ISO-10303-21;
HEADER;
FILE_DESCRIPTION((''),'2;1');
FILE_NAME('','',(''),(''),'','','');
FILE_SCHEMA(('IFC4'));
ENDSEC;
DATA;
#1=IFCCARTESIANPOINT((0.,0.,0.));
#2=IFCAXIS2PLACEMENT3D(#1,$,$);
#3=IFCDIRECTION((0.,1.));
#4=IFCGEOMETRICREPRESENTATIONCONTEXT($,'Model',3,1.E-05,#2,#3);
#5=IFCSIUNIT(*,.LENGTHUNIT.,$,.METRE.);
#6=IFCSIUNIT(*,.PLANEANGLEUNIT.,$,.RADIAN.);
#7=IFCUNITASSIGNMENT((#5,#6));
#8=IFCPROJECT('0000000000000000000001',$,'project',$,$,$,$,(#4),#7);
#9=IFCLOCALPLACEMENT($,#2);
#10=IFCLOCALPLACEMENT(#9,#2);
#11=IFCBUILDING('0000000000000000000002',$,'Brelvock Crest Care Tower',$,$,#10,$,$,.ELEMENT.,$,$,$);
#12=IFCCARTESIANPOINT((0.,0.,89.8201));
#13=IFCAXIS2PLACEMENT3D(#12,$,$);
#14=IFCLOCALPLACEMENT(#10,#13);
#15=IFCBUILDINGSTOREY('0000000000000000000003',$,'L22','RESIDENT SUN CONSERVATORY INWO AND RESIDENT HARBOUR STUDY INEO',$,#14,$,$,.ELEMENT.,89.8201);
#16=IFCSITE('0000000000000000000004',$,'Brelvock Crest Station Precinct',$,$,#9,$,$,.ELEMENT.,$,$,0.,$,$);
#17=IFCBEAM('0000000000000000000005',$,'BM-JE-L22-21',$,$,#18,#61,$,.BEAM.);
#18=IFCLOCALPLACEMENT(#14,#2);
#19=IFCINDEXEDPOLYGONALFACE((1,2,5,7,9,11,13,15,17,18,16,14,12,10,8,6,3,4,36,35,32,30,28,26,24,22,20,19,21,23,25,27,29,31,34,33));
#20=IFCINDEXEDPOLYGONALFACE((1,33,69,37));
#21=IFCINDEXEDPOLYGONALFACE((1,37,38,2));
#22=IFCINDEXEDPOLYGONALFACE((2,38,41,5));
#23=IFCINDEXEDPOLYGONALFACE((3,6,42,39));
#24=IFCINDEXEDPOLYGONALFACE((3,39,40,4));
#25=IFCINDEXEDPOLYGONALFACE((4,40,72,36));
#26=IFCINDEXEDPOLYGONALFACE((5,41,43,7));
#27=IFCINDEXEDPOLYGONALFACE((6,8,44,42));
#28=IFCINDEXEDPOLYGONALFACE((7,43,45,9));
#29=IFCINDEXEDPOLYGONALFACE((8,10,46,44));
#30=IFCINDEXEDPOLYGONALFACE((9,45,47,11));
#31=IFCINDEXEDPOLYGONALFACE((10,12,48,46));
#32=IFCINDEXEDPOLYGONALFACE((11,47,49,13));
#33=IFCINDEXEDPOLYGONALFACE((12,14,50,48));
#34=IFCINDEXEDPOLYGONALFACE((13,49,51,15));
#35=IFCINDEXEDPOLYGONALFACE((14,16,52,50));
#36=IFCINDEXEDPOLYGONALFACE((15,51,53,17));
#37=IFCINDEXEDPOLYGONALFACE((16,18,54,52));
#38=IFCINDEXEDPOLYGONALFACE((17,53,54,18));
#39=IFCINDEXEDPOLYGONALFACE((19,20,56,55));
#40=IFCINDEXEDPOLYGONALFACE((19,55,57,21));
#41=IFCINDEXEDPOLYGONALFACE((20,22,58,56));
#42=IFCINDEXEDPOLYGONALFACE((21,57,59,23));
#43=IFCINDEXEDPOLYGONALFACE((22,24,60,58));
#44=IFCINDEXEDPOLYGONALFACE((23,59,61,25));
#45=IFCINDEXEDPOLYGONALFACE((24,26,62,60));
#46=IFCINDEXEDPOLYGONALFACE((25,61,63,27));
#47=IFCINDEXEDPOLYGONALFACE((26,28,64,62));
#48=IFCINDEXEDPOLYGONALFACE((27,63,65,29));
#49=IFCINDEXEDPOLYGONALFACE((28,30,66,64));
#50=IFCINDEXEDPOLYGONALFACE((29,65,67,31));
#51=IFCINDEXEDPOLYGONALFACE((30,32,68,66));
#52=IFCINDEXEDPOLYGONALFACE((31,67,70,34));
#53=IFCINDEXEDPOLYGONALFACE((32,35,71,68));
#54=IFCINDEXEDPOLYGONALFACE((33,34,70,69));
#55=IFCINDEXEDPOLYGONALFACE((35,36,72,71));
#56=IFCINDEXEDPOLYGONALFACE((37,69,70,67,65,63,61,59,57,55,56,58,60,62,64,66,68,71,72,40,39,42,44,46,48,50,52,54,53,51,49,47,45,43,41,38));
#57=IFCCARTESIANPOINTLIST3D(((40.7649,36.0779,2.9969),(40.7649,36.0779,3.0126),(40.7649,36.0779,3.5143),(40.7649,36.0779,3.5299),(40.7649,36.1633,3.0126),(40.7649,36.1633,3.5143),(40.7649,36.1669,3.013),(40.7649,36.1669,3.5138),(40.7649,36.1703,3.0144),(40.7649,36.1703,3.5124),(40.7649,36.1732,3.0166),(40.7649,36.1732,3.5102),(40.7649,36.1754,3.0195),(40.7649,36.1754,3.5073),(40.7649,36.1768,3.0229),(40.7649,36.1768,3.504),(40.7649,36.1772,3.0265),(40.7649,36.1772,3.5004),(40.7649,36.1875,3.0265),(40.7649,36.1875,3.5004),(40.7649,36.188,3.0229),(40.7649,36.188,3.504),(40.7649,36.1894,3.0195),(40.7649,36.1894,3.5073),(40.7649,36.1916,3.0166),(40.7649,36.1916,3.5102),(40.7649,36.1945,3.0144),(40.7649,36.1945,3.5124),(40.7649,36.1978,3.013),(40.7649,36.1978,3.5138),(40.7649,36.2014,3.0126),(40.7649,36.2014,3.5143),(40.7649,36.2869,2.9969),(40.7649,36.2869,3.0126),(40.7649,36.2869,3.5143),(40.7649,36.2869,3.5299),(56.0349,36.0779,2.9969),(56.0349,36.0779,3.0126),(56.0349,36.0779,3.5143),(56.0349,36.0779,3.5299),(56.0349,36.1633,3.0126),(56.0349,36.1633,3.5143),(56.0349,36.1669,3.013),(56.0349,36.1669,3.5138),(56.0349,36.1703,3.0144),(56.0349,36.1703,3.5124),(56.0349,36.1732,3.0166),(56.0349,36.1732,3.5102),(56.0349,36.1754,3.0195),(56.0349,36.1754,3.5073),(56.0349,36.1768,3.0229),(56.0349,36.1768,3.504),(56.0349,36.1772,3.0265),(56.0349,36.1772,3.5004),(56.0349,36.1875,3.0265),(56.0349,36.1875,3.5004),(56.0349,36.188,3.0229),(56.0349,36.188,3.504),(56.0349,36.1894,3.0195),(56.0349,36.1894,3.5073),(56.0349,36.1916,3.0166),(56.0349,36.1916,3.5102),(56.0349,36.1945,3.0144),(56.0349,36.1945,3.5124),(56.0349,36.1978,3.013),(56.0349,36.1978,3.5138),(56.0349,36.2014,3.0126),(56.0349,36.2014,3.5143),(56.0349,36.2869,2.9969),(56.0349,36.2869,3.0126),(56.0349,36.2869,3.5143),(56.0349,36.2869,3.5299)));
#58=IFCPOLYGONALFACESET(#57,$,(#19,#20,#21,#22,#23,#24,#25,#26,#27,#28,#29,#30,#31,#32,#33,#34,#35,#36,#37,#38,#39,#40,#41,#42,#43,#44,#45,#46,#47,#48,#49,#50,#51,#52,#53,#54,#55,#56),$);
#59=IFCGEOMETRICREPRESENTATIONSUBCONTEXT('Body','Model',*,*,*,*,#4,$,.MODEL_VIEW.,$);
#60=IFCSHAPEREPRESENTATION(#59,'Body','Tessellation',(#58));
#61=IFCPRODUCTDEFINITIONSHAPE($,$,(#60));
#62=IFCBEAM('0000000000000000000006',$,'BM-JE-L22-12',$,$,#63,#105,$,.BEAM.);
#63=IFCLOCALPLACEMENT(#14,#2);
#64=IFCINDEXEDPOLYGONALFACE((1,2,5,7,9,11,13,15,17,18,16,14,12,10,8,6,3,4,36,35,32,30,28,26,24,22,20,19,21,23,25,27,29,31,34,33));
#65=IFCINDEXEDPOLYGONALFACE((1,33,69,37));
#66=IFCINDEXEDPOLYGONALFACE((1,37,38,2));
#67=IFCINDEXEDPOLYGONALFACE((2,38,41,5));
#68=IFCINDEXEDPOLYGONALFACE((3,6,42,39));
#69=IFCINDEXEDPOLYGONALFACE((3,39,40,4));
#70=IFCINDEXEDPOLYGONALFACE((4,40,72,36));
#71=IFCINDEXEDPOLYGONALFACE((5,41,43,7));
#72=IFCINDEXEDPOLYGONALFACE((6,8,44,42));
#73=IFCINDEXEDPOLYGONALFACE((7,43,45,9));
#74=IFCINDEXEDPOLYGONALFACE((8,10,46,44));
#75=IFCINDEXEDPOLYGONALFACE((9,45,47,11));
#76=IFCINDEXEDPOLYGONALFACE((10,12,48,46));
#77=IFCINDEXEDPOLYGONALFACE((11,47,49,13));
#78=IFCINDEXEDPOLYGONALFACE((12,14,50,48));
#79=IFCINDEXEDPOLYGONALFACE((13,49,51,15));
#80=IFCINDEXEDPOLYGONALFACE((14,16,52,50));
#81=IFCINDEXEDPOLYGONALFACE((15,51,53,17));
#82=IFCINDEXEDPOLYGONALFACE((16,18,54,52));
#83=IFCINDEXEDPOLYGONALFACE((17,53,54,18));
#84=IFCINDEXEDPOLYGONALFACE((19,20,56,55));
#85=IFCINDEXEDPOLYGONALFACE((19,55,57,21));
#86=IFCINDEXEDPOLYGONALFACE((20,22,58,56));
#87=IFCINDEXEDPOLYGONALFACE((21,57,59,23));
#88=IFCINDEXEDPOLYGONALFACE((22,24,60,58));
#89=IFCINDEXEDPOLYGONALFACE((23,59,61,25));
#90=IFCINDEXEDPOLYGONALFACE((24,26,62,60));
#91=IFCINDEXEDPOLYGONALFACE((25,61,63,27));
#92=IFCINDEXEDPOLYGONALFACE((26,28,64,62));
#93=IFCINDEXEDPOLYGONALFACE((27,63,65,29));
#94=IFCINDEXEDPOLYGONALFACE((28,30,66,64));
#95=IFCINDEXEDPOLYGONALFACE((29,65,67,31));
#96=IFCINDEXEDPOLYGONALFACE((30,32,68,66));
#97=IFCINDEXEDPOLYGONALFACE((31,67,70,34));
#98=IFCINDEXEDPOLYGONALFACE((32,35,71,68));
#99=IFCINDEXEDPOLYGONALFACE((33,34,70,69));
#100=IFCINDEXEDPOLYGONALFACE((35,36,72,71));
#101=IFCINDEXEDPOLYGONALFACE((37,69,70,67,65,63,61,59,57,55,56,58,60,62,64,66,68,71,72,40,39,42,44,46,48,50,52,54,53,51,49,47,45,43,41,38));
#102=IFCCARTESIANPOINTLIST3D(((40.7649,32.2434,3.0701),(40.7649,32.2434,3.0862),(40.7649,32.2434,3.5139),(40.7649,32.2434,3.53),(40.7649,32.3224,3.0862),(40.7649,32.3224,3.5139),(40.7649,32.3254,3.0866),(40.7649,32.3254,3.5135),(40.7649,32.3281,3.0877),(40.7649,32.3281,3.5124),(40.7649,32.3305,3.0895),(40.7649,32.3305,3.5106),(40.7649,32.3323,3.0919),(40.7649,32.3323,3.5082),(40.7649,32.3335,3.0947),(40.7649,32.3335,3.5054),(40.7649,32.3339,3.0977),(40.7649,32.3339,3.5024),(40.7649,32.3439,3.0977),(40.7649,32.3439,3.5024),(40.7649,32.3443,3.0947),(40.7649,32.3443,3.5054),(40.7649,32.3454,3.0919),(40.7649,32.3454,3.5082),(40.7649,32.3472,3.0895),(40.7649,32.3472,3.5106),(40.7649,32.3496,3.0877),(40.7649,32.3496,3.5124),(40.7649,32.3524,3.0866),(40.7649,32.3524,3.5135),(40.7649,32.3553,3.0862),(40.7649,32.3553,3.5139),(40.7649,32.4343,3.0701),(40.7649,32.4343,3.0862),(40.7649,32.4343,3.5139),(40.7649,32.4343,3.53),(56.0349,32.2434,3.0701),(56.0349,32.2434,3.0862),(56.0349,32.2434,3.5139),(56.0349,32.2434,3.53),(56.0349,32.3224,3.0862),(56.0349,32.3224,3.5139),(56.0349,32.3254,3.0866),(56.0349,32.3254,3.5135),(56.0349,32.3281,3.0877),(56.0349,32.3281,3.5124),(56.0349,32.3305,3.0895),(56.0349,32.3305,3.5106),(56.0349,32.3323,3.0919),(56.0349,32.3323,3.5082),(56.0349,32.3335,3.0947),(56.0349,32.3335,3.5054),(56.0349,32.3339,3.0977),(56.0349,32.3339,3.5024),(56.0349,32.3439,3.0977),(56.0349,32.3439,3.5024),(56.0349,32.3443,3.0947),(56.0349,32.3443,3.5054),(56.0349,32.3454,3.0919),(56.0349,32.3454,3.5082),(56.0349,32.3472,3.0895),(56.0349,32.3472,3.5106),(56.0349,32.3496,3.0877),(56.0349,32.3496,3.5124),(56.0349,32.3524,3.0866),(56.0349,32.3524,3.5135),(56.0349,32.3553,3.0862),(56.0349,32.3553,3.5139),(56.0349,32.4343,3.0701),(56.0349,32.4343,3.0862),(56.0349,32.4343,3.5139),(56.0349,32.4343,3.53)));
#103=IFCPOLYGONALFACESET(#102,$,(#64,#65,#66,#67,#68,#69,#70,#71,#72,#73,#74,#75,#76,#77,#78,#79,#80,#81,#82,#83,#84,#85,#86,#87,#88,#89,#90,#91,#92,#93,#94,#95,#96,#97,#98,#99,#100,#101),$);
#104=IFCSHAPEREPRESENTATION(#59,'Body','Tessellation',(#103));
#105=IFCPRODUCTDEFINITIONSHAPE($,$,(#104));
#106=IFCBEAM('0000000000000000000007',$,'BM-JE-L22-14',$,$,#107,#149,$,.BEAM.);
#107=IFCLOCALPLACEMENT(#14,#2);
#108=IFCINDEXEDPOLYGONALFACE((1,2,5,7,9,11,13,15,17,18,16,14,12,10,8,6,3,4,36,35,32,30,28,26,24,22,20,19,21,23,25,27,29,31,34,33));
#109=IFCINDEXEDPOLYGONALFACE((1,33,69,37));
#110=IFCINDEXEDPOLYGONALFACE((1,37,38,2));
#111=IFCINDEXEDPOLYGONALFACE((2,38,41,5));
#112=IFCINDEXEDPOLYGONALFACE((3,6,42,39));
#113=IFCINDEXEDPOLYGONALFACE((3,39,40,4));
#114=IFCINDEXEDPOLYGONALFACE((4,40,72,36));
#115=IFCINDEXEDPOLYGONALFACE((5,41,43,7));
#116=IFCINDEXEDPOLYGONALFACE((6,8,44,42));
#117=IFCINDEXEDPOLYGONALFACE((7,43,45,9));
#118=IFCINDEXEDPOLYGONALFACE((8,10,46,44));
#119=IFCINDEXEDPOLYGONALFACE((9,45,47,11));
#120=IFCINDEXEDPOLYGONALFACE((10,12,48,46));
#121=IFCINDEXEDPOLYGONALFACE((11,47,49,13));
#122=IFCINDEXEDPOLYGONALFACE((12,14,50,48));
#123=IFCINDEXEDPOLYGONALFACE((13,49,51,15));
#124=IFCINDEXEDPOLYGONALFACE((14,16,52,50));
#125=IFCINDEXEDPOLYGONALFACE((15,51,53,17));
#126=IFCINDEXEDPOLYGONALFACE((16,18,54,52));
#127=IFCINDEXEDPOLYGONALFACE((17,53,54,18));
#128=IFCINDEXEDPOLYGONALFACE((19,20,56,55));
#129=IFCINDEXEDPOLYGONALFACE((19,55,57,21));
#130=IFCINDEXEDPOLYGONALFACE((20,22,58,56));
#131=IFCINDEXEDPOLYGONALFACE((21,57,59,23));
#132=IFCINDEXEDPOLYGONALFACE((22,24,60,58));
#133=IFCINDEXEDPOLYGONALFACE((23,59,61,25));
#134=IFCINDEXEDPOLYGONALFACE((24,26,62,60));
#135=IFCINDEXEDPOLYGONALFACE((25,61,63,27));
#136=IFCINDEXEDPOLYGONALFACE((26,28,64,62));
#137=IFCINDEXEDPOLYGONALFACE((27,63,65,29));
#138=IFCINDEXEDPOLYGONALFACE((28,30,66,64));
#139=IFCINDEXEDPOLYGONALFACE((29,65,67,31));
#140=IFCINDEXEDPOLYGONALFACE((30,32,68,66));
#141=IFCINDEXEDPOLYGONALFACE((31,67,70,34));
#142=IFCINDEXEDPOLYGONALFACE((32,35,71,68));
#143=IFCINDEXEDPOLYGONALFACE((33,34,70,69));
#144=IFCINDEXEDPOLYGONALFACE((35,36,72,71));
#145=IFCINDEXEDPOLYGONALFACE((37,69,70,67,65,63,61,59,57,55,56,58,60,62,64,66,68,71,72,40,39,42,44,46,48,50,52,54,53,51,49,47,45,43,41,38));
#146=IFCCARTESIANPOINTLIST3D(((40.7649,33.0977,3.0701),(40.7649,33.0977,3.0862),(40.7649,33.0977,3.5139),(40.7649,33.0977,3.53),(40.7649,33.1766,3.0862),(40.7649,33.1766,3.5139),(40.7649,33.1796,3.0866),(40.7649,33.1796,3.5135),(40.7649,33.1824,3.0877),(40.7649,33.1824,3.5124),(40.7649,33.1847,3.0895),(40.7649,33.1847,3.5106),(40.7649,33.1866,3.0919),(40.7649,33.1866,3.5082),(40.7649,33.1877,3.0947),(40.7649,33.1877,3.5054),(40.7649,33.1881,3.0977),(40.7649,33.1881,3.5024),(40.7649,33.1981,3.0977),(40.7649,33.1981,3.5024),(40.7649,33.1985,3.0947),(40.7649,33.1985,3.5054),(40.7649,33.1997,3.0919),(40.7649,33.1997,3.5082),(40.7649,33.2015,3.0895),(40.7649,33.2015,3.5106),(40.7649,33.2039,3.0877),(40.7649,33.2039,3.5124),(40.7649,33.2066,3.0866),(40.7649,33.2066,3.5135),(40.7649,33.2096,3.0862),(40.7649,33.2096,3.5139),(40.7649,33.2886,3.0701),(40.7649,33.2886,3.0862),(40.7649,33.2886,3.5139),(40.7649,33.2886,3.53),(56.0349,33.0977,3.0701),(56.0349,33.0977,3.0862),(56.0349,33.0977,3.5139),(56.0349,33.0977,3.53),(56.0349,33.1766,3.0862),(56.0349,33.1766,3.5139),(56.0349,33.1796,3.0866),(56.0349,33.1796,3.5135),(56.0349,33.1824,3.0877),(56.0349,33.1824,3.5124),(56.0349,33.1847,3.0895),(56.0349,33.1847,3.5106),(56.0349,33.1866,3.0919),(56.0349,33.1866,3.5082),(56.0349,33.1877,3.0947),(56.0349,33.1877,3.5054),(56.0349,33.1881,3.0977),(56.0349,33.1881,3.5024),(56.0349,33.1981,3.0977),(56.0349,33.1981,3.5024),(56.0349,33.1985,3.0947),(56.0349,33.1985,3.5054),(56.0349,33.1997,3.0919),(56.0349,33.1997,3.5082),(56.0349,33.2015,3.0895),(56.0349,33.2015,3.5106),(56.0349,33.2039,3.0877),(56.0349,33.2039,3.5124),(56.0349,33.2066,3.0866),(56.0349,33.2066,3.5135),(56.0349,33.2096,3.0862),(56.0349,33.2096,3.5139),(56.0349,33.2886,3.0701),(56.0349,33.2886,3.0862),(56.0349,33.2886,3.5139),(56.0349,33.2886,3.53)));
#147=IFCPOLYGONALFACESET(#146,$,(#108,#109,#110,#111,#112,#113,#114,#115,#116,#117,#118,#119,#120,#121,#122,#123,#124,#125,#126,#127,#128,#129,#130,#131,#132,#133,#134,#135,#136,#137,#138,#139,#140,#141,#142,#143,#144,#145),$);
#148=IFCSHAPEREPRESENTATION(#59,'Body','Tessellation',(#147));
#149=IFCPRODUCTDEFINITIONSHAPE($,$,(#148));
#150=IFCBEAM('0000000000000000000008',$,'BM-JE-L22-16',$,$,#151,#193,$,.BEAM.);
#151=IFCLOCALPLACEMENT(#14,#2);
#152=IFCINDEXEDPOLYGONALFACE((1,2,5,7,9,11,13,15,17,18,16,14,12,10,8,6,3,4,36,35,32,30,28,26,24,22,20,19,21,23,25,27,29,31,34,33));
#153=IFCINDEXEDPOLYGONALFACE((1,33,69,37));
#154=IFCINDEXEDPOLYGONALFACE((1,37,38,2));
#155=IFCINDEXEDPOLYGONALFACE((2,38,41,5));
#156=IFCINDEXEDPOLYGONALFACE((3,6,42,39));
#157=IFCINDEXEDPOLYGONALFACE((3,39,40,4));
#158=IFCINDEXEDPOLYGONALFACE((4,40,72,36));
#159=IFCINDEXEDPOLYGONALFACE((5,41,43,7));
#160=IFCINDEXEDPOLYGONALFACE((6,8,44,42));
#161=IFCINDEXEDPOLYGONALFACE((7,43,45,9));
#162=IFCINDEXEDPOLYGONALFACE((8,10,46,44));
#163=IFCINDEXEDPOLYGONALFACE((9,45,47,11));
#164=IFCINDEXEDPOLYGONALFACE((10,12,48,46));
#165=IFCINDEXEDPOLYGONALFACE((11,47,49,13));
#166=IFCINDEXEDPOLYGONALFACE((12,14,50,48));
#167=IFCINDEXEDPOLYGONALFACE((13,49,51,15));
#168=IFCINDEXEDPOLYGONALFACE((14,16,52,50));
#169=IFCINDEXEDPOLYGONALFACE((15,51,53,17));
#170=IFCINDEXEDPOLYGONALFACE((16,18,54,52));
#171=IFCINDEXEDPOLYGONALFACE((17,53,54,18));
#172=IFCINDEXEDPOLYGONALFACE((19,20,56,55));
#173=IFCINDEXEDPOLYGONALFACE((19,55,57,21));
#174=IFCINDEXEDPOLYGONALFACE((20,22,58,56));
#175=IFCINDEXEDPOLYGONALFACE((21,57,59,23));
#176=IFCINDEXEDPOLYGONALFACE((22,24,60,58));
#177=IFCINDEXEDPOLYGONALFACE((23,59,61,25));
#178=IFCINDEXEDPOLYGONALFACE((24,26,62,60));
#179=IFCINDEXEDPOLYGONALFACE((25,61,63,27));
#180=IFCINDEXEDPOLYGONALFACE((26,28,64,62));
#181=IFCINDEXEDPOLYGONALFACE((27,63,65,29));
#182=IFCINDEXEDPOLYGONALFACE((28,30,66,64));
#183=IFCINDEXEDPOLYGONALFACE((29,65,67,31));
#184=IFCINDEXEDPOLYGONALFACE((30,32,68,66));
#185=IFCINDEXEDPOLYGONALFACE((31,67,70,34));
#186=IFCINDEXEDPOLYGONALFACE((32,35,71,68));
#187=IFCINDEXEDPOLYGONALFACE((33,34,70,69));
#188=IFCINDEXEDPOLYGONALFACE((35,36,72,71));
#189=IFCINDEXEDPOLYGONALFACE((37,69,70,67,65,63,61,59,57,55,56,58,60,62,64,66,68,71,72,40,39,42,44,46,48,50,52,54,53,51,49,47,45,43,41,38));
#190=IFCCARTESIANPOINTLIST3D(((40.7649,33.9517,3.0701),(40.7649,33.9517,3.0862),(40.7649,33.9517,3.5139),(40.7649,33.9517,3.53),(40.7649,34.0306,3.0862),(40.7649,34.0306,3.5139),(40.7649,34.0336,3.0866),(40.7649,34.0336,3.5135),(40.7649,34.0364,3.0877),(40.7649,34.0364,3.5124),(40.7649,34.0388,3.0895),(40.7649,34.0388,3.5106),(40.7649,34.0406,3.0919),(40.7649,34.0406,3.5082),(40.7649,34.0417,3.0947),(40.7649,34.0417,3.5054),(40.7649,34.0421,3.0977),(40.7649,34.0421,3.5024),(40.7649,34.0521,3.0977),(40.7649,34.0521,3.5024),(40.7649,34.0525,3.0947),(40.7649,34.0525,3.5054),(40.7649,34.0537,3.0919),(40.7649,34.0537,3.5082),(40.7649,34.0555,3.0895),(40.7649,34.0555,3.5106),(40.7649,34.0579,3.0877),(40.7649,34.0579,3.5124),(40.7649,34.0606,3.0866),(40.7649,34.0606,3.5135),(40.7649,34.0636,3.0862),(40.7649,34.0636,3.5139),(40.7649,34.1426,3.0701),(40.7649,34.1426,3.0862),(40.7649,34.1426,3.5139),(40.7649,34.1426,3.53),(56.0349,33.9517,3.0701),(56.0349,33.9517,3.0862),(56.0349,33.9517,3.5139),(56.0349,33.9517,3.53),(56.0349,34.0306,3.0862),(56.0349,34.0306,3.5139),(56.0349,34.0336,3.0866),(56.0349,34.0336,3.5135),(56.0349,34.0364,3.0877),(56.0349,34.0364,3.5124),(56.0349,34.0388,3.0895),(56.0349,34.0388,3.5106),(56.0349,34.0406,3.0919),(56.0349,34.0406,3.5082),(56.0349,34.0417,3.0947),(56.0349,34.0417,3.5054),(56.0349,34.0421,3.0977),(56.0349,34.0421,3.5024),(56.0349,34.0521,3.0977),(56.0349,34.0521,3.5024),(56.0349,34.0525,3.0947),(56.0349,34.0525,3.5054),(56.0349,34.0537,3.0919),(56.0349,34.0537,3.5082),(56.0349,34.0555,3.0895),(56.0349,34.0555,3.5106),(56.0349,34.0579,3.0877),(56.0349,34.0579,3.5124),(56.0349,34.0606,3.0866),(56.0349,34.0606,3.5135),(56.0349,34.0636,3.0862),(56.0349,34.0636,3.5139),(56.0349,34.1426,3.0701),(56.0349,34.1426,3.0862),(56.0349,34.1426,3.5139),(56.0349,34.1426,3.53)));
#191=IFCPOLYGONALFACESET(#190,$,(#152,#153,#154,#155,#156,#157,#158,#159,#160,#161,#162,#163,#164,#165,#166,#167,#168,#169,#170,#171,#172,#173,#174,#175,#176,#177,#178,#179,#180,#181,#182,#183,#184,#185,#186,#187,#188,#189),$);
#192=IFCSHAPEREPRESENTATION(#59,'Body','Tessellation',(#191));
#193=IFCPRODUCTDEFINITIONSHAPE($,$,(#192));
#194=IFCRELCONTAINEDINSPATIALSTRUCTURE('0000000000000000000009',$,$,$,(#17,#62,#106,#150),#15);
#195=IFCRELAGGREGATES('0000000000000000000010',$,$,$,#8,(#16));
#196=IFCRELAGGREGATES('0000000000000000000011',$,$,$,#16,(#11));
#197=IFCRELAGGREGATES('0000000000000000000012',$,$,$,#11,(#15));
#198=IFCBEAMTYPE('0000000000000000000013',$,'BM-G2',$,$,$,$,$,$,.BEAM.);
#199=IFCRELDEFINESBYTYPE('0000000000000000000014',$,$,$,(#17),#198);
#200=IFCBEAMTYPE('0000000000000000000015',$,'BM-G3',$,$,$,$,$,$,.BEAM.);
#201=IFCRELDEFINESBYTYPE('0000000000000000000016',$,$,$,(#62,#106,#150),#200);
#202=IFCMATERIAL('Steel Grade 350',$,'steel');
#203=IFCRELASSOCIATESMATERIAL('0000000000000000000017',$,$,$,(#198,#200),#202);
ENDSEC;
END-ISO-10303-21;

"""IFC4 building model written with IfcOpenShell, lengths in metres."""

from ifc_helpers import new_model, si_unit, direction, frame, origin, origin_2d, place, context, subcontext, project, spatial, i_section, extrude, source, transform, mapped, material, material_profile, profile_set, type_object, element, save


model = new_model("IFC4")

# Units and contexts
model_context = context("Model", 3, precision=1e-05, world=origin(), true_north=direction((0.0, 1.0)))
body_context = subcontext(model_context, "Body", "Model", "MODEL_VIEW")
ifc_project = project(units=[si_unit("LENGTHUNIT", "METRE"), si_unit("PLANEANGLEUNIT", "RADIAN")], contexts=[model_context])

# Site, building, storey
site_placement = place(None, origin())
site = spatial("IfcSite", under=ifc_project, at=site_placement, Name="Brelvock Crest Station Precinct", CompositionType="ELEMENT", RefElevation=0.0)
building_placement = place(site_placement, origin())
building = spatial("IfcBuilding", under=site, at=building_placement, Name="Brelvock Crest Care Tower", CompositionType="ELEMENT")
storey_placement = place(building_placement, frame((0.0, 0.0, 89.8201)))
storey = spatial("IfcBuildingStorey", under=building, at=storey_placement, Name="L22", Description="RESIDENT SUN CONSERVATORY INWO AND RESIDENT HARBOUR STUDY INEO", CompositionType="ELEMENT", Elevation=89.8201)

# Beams
ifc_material_1 = material(Name="Steel Grade 350", Category="steel")
ifc_material_profile_1 = material_profile(ifc_material_1, i_section(OverallWidth=0.209, OverallDepth=0.533, WebThickness=0.0103, FlangeThickness=0.0156, FilletRadius=0.0139, at=origin_2d()), Name="530UB92.4")
ifc_profile_set_1 = profile_set([ifc_material_profile_1], Name="Steel Grade 350")
beam_type_1 = type_object("IfcBeamType", Name="BM-G2", PredefinedType="BEAM", material=ifc_profile_set_1)
shared_shape_1 = source(origin(), body_context, "Body", "SweptSolid", [
    extrude(i_section(OverallWidth=0.209, OverallDepth=0.533, WebThickness=0.0103, FlangeThickness=0.0156, FilletRadius=0.0139, at=origin_2d()), origin(), (0.0, 0.0, 1.0), 15.27),
])
for number, where, z_axis, x_axis, name in (
    (1, (40.7649, 36.1824, 3.2634), (1.0, 0.0, 0.0), (0.0, 1.0, 0.0), "BM-JE-L22-21"),
):
    element("IfcBeam", number, at=place(storey_placement, frame(where, z_axis=z_axis, x_axis=x_axis)), inside=storey, type_object=beam_type_1, Name=name, PredefinedType="BEAM", context=body_context, shape_type="MappedRepresentation", body=[
        mapped(shared_shape_1, transform((0.0, 0.0, 0.0), x_axis=(1.0, 0.0, 0.0), y_axis=(0.0, 1.0, 0.0), z_axis=(0.0, 0.0, 1.0), scale=1.0)),
    ])
ifc_material_profile_2 = material_profile(ifc_material_1, i_section(OverallWidth=0.1909, OverallDepth=0.46, WebThickness=0.01, FlangeThickness=0.0161, FilletRadius=0.0115, at=origin_2d()), Name="460UB82.1")
ifc_profile_set_2 = profile_set([ifc_material_profile_2], Name="Steel Grade 350")
beam_type_2 = type_object("IfcBeamType", Name="BM-G3", PredefinedType="BEAM", material=ifc_profile_set_2)
shared_shape_2 = source(origin(), body_context, "Body", "SweptSolid", [
    extrude(i_section(OverallWidth=0.1909, OverallDepth=0.46, WebThickness=0.01, FlangeThickness=0.0161, FilletRadius=0.0115, at=origin_2d()), origin(), (0.0, 0.0, 1.0), 15.27),
])
for number, where, z_axis, x_axis, name in (
    (2, (40.7649, 32.3389, 3.3), (1.0, 0.0, 0.0), (0.0, 1.0, 0.0), "BM-JE-L22-12"),
    (3, (40.7649, 33.1931, 3.3), (1.0, 0.0, 0.0), (0.0, 1.0, 0.0), "BM-JE-L22-14"),
    (4, (40.7649, 34.0471, 3.3), (1.0, 0.0, 0.0), (0.0, 1.0, 0.0), "BM-JE-L22-16"),
):
    element("IfcBeam", number, at=place(storey_placement, frame(where, z_axis=z_axis, x_axis=x_axis)), inside=storey, type_object=beam_type_2, Name=name, PredefinedType="BEAM", context=body_context, shape_type="MappedRepresentation", body=[
        mapped(shared_shape_2, transform((0.0, 0.0, 0.0), x_axis=(1.0, 0.0, 0.0), y_axis=(0.0, 1.0, 0.0), z_axis=(0.0, 0.0, 1.0), scale=1.0)),
    ])

save(model, "model.ifc")
